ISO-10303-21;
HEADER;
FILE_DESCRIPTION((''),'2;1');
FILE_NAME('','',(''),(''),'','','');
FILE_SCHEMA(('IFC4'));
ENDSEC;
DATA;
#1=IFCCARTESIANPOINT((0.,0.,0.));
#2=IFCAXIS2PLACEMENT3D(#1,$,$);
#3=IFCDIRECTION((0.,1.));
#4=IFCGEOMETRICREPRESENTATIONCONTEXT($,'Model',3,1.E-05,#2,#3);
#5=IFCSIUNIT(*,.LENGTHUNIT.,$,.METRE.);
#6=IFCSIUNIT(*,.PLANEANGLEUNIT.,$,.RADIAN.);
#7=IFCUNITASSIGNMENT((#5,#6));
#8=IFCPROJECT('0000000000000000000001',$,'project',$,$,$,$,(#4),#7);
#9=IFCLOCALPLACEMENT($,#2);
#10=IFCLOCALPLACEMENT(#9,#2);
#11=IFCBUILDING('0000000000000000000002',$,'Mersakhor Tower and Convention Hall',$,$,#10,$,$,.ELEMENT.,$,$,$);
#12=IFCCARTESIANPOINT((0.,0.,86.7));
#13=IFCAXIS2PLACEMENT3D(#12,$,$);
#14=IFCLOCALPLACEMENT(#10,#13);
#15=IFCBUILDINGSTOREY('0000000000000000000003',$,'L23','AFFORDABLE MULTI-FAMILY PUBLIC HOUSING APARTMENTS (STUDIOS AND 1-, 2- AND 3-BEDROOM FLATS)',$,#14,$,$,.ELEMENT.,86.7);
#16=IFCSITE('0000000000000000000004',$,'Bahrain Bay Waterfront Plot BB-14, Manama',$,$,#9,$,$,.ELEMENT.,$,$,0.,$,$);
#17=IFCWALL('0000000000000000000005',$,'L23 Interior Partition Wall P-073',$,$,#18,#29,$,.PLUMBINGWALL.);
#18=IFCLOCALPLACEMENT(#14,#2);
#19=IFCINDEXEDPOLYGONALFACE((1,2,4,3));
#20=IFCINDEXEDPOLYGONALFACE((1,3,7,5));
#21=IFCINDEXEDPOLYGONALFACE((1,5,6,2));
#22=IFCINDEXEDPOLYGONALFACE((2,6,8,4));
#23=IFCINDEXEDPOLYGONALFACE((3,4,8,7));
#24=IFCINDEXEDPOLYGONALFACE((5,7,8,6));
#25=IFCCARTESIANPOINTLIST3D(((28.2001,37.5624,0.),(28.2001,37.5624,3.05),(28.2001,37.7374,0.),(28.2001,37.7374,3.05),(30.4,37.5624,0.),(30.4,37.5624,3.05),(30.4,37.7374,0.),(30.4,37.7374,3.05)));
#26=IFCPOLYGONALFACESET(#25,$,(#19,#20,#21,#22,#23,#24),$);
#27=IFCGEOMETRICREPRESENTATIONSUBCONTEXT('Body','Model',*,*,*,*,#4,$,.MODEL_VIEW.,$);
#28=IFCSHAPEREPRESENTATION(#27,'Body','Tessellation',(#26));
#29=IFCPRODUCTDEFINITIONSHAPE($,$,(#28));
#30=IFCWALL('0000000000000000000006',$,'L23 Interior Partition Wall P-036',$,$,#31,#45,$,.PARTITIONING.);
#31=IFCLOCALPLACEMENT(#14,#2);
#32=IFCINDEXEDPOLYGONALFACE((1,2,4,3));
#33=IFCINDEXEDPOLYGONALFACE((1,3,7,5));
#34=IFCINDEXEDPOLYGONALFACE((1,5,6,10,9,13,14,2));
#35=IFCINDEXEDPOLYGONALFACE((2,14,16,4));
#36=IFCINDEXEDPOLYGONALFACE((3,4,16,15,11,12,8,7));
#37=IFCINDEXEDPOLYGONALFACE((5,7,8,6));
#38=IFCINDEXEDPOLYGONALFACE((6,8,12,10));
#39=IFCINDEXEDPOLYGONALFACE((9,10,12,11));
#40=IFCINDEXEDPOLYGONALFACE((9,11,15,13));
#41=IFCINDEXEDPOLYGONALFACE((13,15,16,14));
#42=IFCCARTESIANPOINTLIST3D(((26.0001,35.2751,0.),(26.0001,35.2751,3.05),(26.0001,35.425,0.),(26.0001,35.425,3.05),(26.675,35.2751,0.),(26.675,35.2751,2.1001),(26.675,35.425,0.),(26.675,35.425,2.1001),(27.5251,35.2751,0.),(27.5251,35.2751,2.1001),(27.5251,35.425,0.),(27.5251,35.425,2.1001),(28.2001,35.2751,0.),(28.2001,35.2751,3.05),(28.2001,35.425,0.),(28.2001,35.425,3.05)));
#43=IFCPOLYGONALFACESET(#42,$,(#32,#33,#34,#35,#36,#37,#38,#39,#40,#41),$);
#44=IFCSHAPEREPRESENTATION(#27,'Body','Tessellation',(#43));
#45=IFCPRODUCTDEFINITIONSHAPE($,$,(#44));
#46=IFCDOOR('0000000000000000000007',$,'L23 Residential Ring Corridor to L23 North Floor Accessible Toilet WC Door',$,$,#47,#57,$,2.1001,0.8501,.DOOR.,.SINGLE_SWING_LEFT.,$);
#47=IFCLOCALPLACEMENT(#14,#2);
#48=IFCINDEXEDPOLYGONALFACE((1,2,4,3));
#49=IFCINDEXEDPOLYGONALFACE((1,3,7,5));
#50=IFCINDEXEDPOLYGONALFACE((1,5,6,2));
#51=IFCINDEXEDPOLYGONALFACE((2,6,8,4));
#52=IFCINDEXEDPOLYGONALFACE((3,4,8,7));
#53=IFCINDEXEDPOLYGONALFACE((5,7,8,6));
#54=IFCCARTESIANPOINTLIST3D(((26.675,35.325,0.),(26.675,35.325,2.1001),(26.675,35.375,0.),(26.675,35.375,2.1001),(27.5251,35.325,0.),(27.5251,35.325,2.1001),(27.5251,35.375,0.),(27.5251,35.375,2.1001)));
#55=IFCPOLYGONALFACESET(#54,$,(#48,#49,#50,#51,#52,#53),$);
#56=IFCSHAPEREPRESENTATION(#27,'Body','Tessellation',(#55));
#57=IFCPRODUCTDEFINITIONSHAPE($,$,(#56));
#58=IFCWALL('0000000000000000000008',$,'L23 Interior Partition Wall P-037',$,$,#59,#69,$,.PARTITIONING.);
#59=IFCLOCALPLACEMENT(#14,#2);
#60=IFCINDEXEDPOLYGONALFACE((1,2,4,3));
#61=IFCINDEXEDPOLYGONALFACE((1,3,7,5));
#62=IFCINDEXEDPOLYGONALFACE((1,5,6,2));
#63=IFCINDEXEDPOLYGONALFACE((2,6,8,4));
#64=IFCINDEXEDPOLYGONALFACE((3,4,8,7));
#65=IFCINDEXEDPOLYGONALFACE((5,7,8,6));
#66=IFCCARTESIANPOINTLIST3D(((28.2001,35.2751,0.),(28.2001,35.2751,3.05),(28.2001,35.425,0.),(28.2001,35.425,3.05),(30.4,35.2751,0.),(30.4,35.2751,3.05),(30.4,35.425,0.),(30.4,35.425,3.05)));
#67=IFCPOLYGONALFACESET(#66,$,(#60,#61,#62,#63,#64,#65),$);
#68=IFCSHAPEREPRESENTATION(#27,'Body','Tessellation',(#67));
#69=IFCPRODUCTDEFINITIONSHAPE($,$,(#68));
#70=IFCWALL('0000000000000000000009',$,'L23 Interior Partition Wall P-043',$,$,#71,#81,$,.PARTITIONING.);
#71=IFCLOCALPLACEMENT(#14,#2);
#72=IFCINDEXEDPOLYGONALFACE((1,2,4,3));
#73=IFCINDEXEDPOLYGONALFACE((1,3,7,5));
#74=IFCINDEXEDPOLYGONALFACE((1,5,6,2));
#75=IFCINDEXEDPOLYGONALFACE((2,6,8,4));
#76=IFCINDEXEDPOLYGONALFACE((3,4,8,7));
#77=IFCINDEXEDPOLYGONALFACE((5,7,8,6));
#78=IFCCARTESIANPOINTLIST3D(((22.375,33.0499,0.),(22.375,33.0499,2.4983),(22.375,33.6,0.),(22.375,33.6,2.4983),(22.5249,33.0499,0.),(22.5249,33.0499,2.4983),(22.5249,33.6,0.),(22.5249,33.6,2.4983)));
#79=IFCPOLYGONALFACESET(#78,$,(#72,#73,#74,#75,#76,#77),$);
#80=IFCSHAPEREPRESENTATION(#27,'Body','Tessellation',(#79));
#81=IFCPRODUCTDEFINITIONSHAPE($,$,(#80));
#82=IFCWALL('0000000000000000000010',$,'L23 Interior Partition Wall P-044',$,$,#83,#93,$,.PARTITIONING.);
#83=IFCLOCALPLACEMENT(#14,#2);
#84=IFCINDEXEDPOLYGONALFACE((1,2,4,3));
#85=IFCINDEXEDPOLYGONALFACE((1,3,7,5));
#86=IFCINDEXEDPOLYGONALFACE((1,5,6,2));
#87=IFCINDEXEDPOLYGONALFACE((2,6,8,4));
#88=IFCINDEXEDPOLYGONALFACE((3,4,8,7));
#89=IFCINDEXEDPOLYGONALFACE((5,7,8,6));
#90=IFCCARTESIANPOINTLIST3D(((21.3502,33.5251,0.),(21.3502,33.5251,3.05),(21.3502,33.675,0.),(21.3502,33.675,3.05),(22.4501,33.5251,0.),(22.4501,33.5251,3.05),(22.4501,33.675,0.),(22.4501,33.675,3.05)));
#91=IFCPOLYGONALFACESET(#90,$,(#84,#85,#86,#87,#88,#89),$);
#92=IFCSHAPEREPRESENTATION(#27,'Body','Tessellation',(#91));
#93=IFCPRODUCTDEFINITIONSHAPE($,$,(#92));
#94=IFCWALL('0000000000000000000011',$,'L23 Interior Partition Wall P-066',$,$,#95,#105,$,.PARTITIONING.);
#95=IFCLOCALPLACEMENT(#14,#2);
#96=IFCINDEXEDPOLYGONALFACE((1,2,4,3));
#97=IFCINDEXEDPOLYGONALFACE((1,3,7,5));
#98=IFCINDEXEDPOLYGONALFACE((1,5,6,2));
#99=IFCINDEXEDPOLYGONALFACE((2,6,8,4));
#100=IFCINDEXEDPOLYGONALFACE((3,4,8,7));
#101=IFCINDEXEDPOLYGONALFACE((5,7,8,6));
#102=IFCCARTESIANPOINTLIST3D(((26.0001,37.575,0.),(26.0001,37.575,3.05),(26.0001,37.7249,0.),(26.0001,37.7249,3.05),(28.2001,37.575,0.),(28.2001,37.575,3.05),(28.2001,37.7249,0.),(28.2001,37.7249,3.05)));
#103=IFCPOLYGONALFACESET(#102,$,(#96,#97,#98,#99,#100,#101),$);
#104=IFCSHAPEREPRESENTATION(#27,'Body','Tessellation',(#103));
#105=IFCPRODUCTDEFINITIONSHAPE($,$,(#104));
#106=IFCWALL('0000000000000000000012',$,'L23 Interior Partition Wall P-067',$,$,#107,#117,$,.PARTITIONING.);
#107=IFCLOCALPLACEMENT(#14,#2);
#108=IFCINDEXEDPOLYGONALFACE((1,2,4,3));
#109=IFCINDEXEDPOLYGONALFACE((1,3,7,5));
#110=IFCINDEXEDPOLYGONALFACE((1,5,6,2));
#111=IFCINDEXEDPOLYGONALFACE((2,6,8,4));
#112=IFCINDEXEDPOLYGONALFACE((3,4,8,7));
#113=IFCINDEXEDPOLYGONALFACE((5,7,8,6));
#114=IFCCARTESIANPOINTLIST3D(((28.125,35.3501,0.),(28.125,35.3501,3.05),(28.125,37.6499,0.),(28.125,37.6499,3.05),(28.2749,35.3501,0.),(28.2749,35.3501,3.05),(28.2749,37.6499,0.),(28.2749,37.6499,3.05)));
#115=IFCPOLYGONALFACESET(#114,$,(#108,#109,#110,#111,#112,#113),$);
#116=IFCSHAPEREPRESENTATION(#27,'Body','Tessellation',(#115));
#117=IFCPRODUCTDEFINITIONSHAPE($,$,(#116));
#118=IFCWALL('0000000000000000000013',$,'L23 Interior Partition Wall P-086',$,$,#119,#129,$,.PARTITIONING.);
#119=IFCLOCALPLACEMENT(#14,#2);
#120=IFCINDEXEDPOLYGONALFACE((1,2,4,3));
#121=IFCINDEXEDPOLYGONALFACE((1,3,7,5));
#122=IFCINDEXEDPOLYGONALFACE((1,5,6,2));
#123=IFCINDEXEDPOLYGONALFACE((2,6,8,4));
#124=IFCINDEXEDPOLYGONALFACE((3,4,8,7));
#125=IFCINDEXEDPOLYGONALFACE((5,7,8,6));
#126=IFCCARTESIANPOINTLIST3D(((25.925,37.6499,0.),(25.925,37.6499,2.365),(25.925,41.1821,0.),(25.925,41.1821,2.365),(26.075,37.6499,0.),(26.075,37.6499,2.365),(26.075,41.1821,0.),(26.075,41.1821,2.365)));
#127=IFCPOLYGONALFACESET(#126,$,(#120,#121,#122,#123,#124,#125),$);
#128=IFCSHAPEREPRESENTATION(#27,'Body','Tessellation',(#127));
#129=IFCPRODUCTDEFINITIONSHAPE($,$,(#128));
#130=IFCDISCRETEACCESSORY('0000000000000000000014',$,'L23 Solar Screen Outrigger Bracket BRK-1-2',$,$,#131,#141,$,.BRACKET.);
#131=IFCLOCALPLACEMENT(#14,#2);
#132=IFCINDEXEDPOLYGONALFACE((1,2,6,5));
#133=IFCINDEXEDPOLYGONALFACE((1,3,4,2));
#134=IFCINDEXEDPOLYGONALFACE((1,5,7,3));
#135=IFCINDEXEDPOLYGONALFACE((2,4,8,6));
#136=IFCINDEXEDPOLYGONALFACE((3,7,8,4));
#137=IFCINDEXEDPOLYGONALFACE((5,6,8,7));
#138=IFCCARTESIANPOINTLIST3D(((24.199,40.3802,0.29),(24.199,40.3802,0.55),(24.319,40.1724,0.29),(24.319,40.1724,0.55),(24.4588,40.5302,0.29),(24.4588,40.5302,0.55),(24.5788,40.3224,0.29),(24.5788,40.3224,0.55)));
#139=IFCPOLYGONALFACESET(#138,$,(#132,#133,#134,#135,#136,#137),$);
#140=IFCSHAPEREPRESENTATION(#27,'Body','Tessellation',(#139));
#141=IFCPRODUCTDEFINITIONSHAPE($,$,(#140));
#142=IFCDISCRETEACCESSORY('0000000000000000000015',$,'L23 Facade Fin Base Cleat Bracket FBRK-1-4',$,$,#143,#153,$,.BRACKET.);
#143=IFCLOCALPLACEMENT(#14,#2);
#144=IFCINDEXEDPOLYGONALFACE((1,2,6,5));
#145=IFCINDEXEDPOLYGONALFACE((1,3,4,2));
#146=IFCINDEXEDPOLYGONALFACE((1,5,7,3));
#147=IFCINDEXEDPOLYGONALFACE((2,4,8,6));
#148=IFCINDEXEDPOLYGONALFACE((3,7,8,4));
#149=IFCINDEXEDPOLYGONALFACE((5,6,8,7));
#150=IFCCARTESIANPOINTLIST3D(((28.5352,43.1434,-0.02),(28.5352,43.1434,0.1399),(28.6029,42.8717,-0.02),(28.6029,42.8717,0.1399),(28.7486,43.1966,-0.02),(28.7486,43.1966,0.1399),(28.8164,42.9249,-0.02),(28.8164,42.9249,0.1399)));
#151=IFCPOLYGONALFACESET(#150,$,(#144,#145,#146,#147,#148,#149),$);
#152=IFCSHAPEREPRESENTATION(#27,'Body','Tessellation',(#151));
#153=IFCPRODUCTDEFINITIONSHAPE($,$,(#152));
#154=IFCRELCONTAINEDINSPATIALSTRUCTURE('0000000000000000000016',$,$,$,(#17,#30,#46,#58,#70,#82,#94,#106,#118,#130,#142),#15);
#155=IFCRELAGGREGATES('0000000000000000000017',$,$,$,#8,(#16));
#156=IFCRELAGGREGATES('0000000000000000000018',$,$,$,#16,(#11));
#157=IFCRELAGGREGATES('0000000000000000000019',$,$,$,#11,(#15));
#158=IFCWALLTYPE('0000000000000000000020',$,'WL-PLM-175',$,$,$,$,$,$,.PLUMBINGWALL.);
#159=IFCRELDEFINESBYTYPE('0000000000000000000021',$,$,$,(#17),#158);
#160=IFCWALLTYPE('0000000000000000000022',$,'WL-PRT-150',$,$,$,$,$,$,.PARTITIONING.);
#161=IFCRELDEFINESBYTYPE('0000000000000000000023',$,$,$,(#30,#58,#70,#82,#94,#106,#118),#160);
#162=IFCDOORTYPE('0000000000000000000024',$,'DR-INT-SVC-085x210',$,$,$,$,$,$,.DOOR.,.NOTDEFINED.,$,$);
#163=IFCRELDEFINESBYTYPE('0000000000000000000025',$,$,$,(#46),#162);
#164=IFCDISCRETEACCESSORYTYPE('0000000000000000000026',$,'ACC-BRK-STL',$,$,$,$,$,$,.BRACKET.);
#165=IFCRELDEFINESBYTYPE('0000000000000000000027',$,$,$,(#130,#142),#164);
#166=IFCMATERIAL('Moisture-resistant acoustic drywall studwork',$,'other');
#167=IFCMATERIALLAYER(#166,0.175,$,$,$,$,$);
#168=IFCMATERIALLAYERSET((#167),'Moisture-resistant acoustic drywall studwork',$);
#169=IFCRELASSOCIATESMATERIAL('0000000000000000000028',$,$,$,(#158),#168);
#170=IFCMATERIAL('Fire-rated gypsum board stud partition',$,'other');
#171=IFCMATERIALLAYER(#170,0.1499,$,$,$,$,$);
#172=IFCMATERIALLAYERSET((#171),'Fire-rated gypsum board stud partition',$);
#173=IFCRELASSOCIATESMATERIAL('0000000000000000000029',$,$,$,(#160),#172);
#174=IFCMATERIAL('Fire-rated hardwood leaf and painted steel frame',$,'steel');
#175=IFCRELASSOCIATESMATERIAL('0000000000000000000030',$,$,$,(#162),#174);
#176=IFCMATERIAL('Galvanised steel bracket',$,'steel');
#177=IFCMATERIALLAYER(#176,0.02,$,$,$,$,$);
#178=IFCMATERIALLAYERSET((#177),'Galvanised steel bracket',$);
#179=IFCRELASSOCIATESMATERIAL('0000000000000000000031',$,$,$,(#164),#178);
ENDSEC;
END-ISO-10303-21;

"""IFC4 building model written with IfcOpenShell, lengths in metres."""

from ifc_helpers import new_model, si_unit, direction, frame, frame_2d, origin, origin_2d, place, context, subcontext, project, spatial, rectangle, extrude, material, layer, layer_set, type_object, element, fill, save


model = new_model("IFC4")

# Units and contexts
model_context = context("Model", 3, precision=1e-05, world=origin(), true_north=direction((0.0, 1.0)))
body_context = subcontext(model_context, "Body", "Model", "MODEL_VIEW")
ifc_project = project(units=[si_unit("LENGTHUNIT", "METRE"), si_unit("PLANEANGLEUNIT", "RADIAN")], contexts=[model_context])

# Site, building, storey
site_placement = place(None, origin())
site = spatial("IfcSite", under=ifc_project, at=site_placement, Name="Bahrain Bay Waterfront Plot BB-14, Manama", CompositionType="ELEMENT", RefElevation=0.0)
building_placement = place(site_placement, origin())
building = spatial("IfcBuilding", under=site, at=building_placement, Name="Mersakhor Tower and Convention Hall", CompositionType="ELEMENT")
storey_placement = place(building_placement, frame((0.0, 0.0, 86.7)))
storey = spatial("IfcBuildingStorey", under=building, at=storey_placement, Name="L23", Description="AFFORDABLE MULTI-FAMILY PUBLIC HOUSING APARTMENTS (STUDIOS AND 1-, 2- AND 3-BEDROOM FLATS)", CompositionType="ELEMENT", Elevation=86.7)

# Wall
ifc_material_1 = material(Name="Moisture-resistant acoustic drywall studwork", Category="other")
ifc_layer_1 = layer(ifc_material_1, 0.175)
ifc_layer_set_1 = layer_set([ifc_layer_1], Name="Moisture-resistant acoustic drywall studwork")
wall_type_1 = type_object("IfcWallType", Name="WL-PLM-175", PredefinedType="PLUMBINGWALL", material=ifc_layer_set_1)
wall_1_placement = place(storey_placement, frame((28.2, 37.6499, 0.0), z_axis=(0.0, 0.0, 1.0), x_axis=(1.0, 0.0, 0.0)))
element("IfcWall", 1, at=wall_1_placement, inside=storey, type_object=wall_type_1, Name="L23 Interior Partition Wall P-073", PredefinedType="PLUMBINGWALL", context=body_context, shape_type="SweptSolid", body=[
    extrude(rectangle(XDim=2.2, YDim=0.175, at=frame_2d((1.1001, 0.0))), origin(), (0.0, 0.0, 1.0), 3.05),
])

# Wall, opening, door
ifc_material_2 = material(Name="Fire-rated gypsum board stud partition", Category="other")
ifc_layer_2 = layer(ifc_material_2, 0.1499)
ifc_layer_set_2 = layer_set([ifc_layer_2], Name="Fire-rated gypsum board stud partition")
wall_type_2 = type_object("IfcWallType", Name="WL-PRT-150", PredefinedType="PARTITIONING", material=ifc_layer_set_2)
wall_2_placement = place(storey_placement, frame((26.0, 35.3501, 0.0), z_axis=(0.0, 0.0, 1.0), x_axis=(1.0, 0.0, 0.0)))
wall_2 = element("IfcWall", 2, at=wall_2_placement, inside=storey, type_object=wall_type_2, Name="L23 Interior Partition Wall P-036", PredefinedType="PARTITIONING", context=body_context, shape_type="SweptSolid", body=[
    extrude(rectangle(XDim=2.2, YDim=0.1499, at=frame_2d((1.1001, 0.0))), origin(), (0.0, 0.0, 1.0), 3.05),
])
opening_1_placement = place(wall_2_placement, frame((0.675, 0.0, 0.0)))
opening_1 = element("IfcOpeningElement", 3, at=opening_1_placement, cuts=wall_2, PredefinedType="OPENING", context=body_context, shape_type="SweptSolid", body=[
    extrude(rectangle(XDim=0.8501, YDim=2.1001, at=frame_2d((0.425, 1.05))), frame((0.0, 0.085, 0.0), z_axis=(0.0, -1.0, 0.0), x_axis=(1.0, 0.0, 0.0)), (0.0, 0.0, 1.0), 0.1699),
])
ifc_material_3 = material(Name="Fire-rated hardwood leaf and painted steel frame", Category="steel")
door_type = type_object("IfcDoorType", Name="DR-INT-SVC-085x210", OperationType="NOTDEFINED", PredefinedType="DOOR", material=ifc_material_3)
door_placement = place(opening_1_placement, origin())
door = element("IfcDoor", 4, at=door_placement, inside=storey, type_object=door_type, Name="L23 Residential Ring Corridor to L23 North Floor Accessible Toilet WC Door", OperationType="SINGLE_SWING_LEFT", OverallHeight=2.1001, OverallWidth=0.8501, PredefinedType="DOOR", context=body_context, shape_type="SweptSolid", body=[
    extrude(rectangle(XDim=0.8501, YDim=2.1001, at=frame_2d((0.425, 1.05))), frame((0.0, 0.0249, 0.0), z_axis=(0.0, -1.0, 0.0), x_axis=(1.0, 0.0, 0.0)), (0.0, 0.0, 1.0), 0.05),
])
fill(opening_1, door)

# Walls
wall_3_placement = place(storey_placement, frame((28.2, 35.3501, 0.0), z_axis=(0.0, 0.0, 1.0), x_axis=(1.0, 0.0, 0.0)))
element("IfcWall", 5, at=wall_3_placement, inside=storey, type_object=wall_type_2, Name="L23 Interior Partition Wall P-037", PredefinedType="PARTITIONING", context=body_context, shape_type="SweptSolid", body=[
    extrude(rectangle(XDim=2.2, YDim=0.1499, at=frame_2d((1.1001, 0.0))), origin(), (0.0, 0.0, 1.0), 3.05),
])
wall_4_placement = place(storey_placement, frame((22.45, 33.05, 0.0), z_axis=(0.0, 0.0, 1.0), x_axis=(0.0, 1.0, 0.0)))
element("IfcWall", 6, at=wall_4_placement, inside=storey, type_object=wall_type_2, Name="L23 Interior Partition Wall P-043", PredefinedType="PARTITIONING", context=body_context, shape_type="SweptSolid", body=[
    extrude(rectangle(XDim=0.55, YDim=0.1499, at=frame_2d((0.2749, 0.0))), origin(), (0.0, 0.0, 1.0), 2.4983),
])
wall_5_placement = place(storey_placement, frame((22.45, 33.6001, 0.0), z_axis=(0.0, 0.0, 1.0), x_axis=(-1.0, 0.0, 0.0)))
element("IfcWall", 7, at=wall_5_placement, inside=storey, type_object=wall_type_2, Name="L23 Interior Partition Wall P-044", PredefinedType="PARTITIONING", context=body_context, shape_type="SweptSolid", body=[
    extrude(rectangle(XDim=1.0999, YDim=0.1499, at=frame_2d((0.5498, 0.0))), origin(), (0.0, 0.0, 1.0), 3.05),
])
wall_6_placement = place(storey_placement, frame((26.0, 37.6499, 0.0), z_axis=(0.0, 0.0, 1.0), x_axis=(1.0, 0.0, 0.0)))
element("IfcWall", 8, at=wall_6_placement, inside=storey, type_object=wall_type_2, Name="L23 Interior Partition Wall P-066", PredefinedType="PARTITIONING", context=body_context, shape_type="SweptSolid", body=[
    extrude(rectangle(XDim=2.2, YDim=0.1499, at=frame_2d((1.1001, 0.0))), origin(), (0.0, 0.0, 1.0), 3.05),
])
wall_7_placement = place(storey_placement, frame((28.2, 37.6499, 0.0), z_axis=(0.0, 0.0, 1.0), x_axis=(0.0, -1.0, 0.0)))
element("IfcWall", 9, at=wall_7_placement, inside=storey, type_object=wall_type_2, Name="L23 Interior Partition Wall P-067", PredefinedType="PARTITIONING", context=body_context, shape_type="SweptSolid", body=[
    extrude(rectangle(XDim=2.2998, YDim=0.1499, at=frame_2d((1.1499, 0.0))), origin(), (0.0, 0.0, 1.0), 3.05),
])
wall_8_placement = place(storey_placement, frame((26.0, 41.1821, 0.0), z_axis=(0.0, 0.0, 1.0), x_axis=(0.0, -1.0, 0.0)))
element("IfcWall", 10, at=wall_8_placement, inside=storey, type_object=wall_type_2, Name="L23 Interior Partition Wall P-086", PredefinedType="PARTITIONING", context=body_context, shape_type="SweptSolid", body=[
    extrude(rectangle(XDim=3.5322, YDim=0.1499, at=frame_2d((1.7661, 0.0))), origin(), (0.0, 0.0, 1.0), 2.365),
])

# Discrete accessories
ifc_material_4 = material(Name="Galvanised steel bracket", Category="steel")
ifc_layer_3 = layer(ifc_material_4, 0.02)
ifc_layer_set_3 = layer_set([ifc_layer_3], Name="Galvanised steel bracket")
discrete_accessory_type = type_object("IfcDiscreteAccessoryType", Name="ACC-BRK-STL", PredefinedType="BRACKET", material=ifc_layer_set_3)
discrete_accessory_1_placement = place(storey_placement, frame((24.3889, 40.3513, 0.29), z_axis=(0.0, 0.0, 1.0), x_axis=(0.866025, 0.5, 0.0)))
element("IfcDiscreteAccessory", 11, at=discrete_accessory_1_placement, inside=storey, type_object=discrete_accessory_type, Name="L23 Solar Screen Outrigger Bracket BRK-1-2", PredefinedType="BRACKET", context=body_context, shape_type="SweptSolid", body=[
    extrude(rectangle(XDim=0.3, YDim=0.24, at=origin_2d()), origin(), (0.0, 0.0, 1.0), 0.26),
])
discrete_accessory_2_placement = place(storey_placement, frame((28.6758, 43.0342, -0.02), z_axis=(0.0, 0.0, 1.0), x_axis=(-0.241922, 0.970296, 0.0)))
element("IfcDiscreteAccessory", 12, at=discrete_accessory_2_placement, inside=storey, type_object=discrete_accessory_type, Name="L23 Facade Fin Base Cleat Bracket FBRK-1-4", PredefinedType="BRACKET", context=body_context, shape_type="SweptSolid", body=[
    extrude(rectangle(XDim=0.28, YDim=0.22, at=origin_2d()), origin(), (0.0, 0.0, 1.0), 0.1599),
])

save(model, "model.ifc")
